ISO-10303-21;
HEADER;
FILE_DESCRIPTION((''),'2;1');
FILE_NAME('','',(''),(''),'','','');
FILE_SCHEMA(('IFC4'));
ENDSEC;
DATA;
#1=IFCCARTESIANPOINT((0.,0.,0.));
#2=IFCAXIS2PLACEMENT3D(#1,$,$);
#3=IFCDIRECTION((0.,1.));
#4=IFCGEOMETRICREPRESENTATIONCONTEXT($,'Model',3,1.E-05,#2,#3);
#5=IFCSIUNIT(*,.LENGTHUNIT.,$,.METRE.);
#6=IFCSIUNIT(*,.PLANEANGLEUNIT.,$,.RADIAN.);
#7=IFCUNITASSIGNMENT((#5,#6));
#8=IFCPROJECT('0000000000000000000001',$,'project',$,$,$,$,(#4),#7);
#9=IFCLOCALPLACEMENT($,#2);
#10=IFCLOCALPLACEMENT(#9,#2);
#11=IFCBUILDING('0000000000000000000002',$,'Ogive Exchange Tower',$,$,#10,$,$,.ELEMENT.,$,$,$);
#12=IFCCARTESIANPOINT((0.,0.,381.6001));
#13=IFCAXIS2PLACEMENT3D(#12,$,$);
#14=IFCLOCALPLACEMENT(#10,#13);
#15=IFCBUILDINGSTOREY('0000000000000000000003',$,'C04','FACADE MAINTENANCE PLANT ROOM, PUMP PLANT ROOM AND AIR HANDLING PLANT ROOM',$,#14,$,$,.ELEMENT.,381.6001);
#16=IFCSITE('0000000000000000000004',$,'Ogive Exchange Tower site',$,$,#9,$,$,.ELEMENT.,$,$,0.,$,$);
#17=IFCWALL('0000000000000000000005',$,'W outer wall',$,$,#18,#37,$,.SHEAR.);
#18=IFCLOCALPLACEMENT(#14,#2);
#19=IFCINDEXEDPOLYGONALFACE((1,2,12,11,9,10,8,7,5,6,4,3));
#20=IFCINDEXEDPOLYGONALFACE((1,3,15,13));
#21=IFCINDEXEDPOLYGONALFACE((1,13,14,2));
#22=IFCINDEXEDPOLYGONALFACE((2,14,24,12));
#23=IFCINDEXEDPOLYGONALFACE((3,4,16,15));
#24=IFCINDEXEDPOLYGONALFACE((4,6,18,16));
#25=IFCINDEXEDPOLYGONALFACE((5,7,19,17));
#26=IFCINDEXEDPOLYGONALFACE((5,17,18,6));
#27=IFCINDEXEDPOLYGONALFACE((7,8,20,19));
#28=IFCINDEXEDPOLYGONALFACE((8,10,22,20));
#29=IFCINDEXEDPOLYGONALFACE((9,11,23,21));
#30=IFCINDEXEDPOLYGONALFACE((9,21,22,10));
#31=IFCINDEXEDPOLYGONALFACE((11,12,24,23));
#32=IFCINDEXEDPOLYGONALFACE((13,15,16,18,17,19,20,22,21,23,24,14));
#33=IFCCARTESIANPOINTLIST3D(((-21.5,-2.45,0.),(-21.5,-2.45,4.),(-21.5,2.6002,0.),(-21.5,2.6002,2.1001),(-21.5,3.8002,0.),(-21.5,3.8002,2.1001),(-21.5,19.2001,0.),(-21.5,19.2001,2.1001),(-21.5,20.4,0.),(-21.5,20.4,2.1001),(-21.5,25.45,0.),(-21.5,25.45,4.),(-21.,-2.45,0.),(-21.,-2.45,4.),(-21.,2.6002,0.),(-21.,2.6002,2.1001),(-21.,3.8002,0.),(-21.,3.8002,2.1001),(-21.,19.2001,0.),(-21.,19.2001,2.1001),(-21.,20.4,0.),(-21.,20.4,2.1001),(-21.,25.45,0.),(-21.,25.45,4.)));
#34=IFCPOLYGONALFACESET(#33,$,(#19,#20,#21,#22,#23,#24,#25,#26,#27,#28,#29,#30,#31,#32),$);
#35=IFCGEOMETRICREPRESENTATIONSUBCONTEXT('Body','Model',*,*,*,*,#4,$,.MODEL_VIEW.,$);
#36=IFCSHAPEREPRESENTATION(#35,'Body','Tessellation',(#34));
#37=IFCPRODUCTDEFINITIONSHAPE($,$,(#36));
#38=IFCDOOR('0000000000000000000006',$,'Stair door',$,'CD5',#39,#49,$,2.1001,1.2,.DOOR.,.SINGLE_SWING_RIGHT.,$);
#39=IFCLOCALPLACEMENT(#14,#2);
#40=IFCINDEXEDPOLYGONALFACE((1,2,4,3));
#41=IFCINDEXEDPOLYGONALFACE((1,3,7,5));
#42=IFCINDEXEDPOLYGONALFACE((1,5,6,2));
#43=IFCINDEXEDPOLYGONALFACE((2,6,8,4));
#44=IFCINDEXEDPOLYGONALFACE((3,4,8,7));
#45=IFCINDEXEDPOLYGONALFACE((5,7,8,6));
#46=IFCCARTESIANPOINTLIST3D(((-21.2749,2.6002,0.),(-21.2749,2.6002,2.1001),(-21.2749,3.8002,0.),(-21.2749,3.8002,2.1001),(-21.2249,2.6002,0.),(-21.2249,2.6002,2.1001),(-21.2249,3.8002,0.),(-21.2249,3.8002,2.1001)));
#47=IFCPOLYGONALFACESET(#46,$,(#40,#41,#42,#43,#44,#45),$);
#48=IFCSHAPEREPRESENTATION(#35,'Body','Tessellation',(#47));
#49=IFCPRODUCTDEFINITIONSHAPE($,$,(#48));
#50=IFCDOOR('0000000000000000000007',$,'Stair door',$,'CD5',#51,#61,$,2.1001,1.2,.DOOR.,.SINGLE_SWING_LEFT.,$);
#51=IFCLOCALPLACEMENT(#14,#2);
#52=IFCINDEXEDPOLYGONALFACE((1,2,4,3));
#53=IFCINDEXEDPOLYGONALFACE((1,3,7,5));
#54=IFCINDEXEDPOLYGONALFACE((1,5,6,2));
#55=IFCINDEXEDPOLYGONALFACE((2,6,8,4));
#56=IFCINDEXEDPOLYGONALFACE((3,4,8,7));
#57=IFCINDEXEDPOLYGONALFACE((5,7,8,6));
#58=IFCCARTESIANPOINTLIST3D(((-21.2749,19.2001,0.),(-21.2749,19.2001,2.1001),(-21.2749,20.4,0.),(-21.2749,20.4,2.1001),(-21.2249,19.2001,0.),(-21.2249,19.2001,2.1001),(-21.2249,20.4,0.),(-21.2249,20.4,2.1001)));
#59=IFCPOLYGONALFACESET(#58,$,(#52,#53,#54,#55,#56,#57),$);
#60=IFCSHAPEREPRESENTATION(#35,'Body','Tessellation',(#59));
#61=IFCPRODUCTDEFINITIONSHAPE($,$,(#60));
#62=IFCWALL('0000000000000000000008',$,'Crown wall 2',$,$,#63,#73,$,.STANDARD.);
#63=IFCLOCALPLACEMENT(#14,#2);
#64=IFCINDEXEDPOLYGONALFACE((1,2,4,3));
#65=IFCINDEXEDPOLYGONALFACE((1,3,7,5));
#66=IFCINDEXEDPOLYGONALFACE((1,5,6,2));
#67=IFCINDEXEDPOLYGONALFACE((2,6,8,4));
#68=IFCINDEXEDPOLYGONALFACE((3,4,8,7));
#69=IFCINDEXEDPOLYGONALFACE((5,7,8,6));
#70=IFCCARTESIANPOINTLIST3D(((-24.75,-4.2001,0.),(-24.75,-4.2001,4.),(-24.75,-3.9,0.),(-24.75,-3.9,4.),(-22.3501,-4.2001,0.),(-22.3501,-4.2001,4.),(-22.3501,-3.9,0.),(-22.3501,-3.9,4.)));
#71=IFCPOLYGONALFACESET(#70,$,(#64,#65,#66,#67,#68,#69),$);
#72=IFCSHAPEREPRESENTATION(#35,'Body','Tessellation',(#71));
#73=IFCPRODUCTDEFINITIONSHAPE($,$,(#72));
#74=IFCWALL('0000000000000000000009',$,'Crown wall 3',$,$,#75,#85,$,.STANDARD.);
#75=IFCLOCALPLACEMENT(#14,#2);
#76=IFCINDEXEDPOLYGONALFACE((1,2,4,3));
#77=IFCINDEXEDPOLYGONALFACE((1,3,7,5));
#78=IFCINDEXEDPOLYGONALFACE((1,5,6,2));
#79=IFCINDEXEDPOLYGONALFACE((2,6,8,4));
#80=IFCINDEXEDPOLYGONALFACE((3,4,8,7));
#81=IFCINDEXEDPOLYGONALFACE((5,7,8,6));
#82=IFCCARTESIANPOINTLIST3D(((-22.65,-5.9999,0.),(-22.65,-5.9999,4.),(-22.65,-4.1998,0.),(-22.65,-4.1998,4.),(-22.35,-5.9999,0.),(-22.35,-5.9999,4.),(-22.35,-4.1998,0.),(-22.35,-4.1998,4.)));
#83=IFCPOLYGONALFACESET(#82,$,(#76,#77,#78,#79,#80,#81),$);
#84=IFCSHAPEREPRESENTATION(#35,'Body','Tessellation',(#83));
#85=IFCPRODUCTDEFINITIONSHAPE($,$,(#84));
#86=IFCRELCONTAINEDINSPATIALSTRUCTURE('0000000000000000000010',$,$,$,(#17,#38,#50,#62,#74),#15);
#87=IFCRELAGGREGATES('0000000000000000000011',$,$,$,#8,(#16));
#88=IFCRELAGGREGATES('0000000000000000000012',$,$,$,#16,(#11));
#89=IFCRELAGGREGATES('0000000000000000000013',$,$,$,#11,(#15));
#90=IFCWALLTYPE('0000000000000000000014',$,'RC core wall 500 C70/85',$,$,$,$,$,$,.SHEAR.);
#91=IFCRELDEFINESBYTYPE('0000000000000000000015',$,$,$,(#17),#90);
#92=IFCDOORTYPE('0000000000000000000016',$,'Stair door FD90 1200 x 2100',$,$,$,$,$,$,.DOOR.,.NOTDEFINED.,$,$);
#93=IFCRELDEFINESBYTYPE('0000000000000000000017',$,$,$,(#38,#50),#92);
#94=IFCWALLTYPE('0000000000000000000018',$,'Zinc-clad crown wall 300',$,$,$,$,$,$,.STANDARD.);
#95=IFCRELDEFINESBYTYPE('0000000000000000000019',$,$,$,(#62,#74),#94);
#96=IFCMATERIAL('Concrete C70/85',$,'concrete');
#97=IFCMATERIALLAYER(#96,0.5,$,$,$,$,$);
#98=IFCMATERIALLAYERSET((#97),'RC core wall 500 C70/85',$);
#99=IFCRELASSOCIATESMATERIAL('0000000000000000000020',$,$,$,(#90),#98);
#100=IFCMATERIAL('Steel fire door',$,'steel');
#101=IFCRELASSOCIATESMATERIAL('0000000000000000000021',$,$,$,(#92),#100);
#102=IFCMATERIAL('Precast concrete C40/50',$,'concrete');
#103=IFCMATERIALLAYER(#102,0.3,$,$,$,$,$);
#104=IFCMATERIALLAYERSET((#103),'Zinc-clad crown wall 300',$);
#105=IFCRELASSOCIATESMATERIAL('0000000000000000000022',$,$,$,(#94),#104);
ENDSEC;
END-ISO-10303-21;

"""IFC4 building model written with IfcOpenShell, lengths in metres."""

from ifc_helpers import new_model, si_unit, direction, frame, frame_2d, origin, place, context, subcontext, project, spatial, rectangle, extrude, material, layer, layer_set, type_object, element, fill, save


model = new_model("IFC4")

# Units and contexts
model_context = context("Model", 3, precision=1e-05, world=origin(), true_north=direction((0.0, 1.0)))
body_context = subcontext(model_context, "Body", "Model", "MODEL_VIEW")
ifc_project = project(units=[si_unit("LENGTHUNIT", "METRE"), si_unit("PLANEANGLEUNIT", "RADIAN")], contexts=[model_context])

# Site, building, storey
site_placement = place(None, origin())
site = spatial("IfcSite", under=ifc_project, at=site_placement, Name="Ogive Exchange Tower site", CompositionType="ELEMENT", RefElevation=0.0)
building_placement = place(site_placement, origin())
building = spatial("IfcBuilding", under=site, at=building_placement, Name="Ogive Exchange Tower", CompositionType="ELEMENT")
storey_placement = place(building_placement, frame((0.0, 0.0, 381.6001)))
storey = spatial("IfcBuildingStorey", under=building, at=storey_placement, Name="C04", Description="FACADE MAINTENANCE PLANT ROOM, PUMP PLANT ROOM AND AIR HANDLING PLANT ROOM", CompositionType="ELEMENT", Elevation=381.6001)

# Shared definitions
ifc_material_1 = material(Name="Concrete C70/85", Category="concrete")

# Wall, openings, doors
ifc_layer_1 = layer(ifc_material_1, 0.5)
ifc_layer_set_1 = layer_set([ifc_layer_1], Name="RC core wall 500 C70/85")
wall_type_1 = type_object("IfcWallType", Name="RC core wall 500 C70/85", PredefinedType="SHEAR", material=ifc_layer_set_1)
wall_1_placement = place(storey_placement, frame((-21.25, -2.45, 0.0), z_axis=(0.0, 0.0, 1.0), x_axis=(0.0, 1.0, 0.0)))
wall_1 = element("IfcWall", 1, at=wall_1_placement, inside=storey, type_object=wall_type_1, Name="W outer wall", PredefinedType="SHEAR", context=body_context, shape_type="SweptSolid", body=[
    extrude(rectangle(XDim=27.8999, YDim=0.5, at=frame_2d((13.95, 0.0))), origin(), (0.0, 0.0, 1.0), 4.0),
])
opening_1_placement = place(wall_1_placement, frame((5.05, 0.0, 0.0)))
opening_1 = element("IfcOpeningElement", 2, at=opening_1_placement, cuts=wall_1, PredefinedType="OPENING", context=body_context, shape_type="SweptSolid", body=[
    extrude(rectangle(XDim=1.2, YDim=2.1001, at=frame_2d((0.6001, 1.05))), frame((0.0, 0.26, 0.0), z_axis=(0.0, -1.0, 0.0), x_axis=(1.0, 0.0, 0.0)), (0.0, 0.0, 1.0), 0.52),
])
opening_2_placement = place(wall_1_placement, frame((21.6499, 0.0, 0.0)))
opening_2 = element("IfcOpeningElement", 3, at=opening_2_placement, cuts=wall_1, PredefinedType="OPENING", context=body_context, shape_type="SweptSolid", body=[
    extrude(rectangle(XDim=1.2, YDim=2.1001, at=frame_2d((0.6001, 1.05))), frame((0.0, 0.26, 0.0), z_axis=(0.0, -1.0, 0.0), x_axis=(1.0, 0.0, 0.0)), (0.0, 0.0, 1.0), 0.52),
])
ifc_material_2 = material(Name="Steel fire door", Category="steel")
door_type = type_object("IfcDoorType", Name="Stair door FD90 1200 x 2100", OperationType="NOTDEFINED", PredefinedType="DOOR", material=ifc_material_2)
door_1_placement = place(opening_1_placement, origin())
door_1 = element("IfcDoor", 4, at=door_1_placement, inside=storey, type_object=door_type, Name="Stair door", ObjectType="CD5", OperationType="SINGLE_SWING_RIGHT", OverallHeight=2.1001, OverallWidth=1.2, PredefinedType="DOOR", context=body_context, shape_type="SweptSolid", body=[
    extrude(rectangle(XDim=1.2, YDim=2.1001, at=frame_2d((0.6001, 1.05))), frame((0.0, 0.0249, 0.0), z_axis=(0.0, -1.0, 0.0), x_axis=(1.0, 0.0, 0.0)), (0.0, 0.0, 1.0), 0.05),
])
fill(opening_1, door_1)
door_2_placement = place(opening_2_placement, origin())
door_2 = element("IfcDoor", 5, at=door_2_placement, inside=storey, type_object=door_type, Name="Stair door", ObjectType="CD5", OperationType="SINGLE_SWING_LEFT", OverallHeight=2.1001, OverallWidth=1.2, PredefinedType="DOOR", context=body_context, shape_type="SweptSolid", body=[
    extrude(rectangle(XDim=1.2, YDim=2.1001, at=frame_2d((0.6001, 1.05))), frame((0.0, 0.0249, 0.0), z_axis=(0.0, -1.0, 0.0), x_axis=(1.0, 0.0, 0.0)), (0.0, 0.0, 1.0), 0.05),
])
fill(opening_2, door_2)

# Walls
ifc_material_3 = material(Name="Precast concrete C40/50", Category="concrete")
ifc_layer_2 = layer(ifc_material_3, 0.3)
ifc_layer_set_2 = layer_set([ifc_layer_2], Name="Zinc-clad crown wall 300")
wall_type_2 = type_object("IfcWallType", Name="Zinc-clad crown wall 300", PredefinedType="STANDARD", material=ifc_layer_set_2)
wall_2_placement = place(storey_placement, frame((-24.75, -4.05, 0.0), z_axis=(0.0, 0.0, 1.0), x_axis=(1.0, 0.0, 0.0)))
element("IfcWall", 6, at=wall_2_placement, inside=storey, type_object=wall_type_2, Name="Crown wall 2", PredefinedType="STANDARD", context=body_context, shape_type="SweptSolid", body=[
    extrude(rectangle(XDim=2.3999, YDim=0.3, at=frame_2d((1.2, 0.0))), origin(), (0.0, 0.0, 1.0), 4.0),
])
wall_3_placement = place(storey_placement, frame((-22.5, -4.2, 0.0), z_axis=(0.0, 0.0, 1.0), x_axis=(0.0, -1.0, 0.0)))
element("IfcWall", 7, at=wall_3_placement, inside=storey, type_object=wall_type_2, Name="Crown wall 3", PredefinedType="STANDARD", context=body_context, shape_type="SweptSolid", body=[
    extrude(rectangle(XDim=1.8, YDim=0.3, at=frame_2d((0.8999, 0.0))), origin(), (0.0, 0.0, 1.0), 4.0),
])

save(model, "model.ifc")
